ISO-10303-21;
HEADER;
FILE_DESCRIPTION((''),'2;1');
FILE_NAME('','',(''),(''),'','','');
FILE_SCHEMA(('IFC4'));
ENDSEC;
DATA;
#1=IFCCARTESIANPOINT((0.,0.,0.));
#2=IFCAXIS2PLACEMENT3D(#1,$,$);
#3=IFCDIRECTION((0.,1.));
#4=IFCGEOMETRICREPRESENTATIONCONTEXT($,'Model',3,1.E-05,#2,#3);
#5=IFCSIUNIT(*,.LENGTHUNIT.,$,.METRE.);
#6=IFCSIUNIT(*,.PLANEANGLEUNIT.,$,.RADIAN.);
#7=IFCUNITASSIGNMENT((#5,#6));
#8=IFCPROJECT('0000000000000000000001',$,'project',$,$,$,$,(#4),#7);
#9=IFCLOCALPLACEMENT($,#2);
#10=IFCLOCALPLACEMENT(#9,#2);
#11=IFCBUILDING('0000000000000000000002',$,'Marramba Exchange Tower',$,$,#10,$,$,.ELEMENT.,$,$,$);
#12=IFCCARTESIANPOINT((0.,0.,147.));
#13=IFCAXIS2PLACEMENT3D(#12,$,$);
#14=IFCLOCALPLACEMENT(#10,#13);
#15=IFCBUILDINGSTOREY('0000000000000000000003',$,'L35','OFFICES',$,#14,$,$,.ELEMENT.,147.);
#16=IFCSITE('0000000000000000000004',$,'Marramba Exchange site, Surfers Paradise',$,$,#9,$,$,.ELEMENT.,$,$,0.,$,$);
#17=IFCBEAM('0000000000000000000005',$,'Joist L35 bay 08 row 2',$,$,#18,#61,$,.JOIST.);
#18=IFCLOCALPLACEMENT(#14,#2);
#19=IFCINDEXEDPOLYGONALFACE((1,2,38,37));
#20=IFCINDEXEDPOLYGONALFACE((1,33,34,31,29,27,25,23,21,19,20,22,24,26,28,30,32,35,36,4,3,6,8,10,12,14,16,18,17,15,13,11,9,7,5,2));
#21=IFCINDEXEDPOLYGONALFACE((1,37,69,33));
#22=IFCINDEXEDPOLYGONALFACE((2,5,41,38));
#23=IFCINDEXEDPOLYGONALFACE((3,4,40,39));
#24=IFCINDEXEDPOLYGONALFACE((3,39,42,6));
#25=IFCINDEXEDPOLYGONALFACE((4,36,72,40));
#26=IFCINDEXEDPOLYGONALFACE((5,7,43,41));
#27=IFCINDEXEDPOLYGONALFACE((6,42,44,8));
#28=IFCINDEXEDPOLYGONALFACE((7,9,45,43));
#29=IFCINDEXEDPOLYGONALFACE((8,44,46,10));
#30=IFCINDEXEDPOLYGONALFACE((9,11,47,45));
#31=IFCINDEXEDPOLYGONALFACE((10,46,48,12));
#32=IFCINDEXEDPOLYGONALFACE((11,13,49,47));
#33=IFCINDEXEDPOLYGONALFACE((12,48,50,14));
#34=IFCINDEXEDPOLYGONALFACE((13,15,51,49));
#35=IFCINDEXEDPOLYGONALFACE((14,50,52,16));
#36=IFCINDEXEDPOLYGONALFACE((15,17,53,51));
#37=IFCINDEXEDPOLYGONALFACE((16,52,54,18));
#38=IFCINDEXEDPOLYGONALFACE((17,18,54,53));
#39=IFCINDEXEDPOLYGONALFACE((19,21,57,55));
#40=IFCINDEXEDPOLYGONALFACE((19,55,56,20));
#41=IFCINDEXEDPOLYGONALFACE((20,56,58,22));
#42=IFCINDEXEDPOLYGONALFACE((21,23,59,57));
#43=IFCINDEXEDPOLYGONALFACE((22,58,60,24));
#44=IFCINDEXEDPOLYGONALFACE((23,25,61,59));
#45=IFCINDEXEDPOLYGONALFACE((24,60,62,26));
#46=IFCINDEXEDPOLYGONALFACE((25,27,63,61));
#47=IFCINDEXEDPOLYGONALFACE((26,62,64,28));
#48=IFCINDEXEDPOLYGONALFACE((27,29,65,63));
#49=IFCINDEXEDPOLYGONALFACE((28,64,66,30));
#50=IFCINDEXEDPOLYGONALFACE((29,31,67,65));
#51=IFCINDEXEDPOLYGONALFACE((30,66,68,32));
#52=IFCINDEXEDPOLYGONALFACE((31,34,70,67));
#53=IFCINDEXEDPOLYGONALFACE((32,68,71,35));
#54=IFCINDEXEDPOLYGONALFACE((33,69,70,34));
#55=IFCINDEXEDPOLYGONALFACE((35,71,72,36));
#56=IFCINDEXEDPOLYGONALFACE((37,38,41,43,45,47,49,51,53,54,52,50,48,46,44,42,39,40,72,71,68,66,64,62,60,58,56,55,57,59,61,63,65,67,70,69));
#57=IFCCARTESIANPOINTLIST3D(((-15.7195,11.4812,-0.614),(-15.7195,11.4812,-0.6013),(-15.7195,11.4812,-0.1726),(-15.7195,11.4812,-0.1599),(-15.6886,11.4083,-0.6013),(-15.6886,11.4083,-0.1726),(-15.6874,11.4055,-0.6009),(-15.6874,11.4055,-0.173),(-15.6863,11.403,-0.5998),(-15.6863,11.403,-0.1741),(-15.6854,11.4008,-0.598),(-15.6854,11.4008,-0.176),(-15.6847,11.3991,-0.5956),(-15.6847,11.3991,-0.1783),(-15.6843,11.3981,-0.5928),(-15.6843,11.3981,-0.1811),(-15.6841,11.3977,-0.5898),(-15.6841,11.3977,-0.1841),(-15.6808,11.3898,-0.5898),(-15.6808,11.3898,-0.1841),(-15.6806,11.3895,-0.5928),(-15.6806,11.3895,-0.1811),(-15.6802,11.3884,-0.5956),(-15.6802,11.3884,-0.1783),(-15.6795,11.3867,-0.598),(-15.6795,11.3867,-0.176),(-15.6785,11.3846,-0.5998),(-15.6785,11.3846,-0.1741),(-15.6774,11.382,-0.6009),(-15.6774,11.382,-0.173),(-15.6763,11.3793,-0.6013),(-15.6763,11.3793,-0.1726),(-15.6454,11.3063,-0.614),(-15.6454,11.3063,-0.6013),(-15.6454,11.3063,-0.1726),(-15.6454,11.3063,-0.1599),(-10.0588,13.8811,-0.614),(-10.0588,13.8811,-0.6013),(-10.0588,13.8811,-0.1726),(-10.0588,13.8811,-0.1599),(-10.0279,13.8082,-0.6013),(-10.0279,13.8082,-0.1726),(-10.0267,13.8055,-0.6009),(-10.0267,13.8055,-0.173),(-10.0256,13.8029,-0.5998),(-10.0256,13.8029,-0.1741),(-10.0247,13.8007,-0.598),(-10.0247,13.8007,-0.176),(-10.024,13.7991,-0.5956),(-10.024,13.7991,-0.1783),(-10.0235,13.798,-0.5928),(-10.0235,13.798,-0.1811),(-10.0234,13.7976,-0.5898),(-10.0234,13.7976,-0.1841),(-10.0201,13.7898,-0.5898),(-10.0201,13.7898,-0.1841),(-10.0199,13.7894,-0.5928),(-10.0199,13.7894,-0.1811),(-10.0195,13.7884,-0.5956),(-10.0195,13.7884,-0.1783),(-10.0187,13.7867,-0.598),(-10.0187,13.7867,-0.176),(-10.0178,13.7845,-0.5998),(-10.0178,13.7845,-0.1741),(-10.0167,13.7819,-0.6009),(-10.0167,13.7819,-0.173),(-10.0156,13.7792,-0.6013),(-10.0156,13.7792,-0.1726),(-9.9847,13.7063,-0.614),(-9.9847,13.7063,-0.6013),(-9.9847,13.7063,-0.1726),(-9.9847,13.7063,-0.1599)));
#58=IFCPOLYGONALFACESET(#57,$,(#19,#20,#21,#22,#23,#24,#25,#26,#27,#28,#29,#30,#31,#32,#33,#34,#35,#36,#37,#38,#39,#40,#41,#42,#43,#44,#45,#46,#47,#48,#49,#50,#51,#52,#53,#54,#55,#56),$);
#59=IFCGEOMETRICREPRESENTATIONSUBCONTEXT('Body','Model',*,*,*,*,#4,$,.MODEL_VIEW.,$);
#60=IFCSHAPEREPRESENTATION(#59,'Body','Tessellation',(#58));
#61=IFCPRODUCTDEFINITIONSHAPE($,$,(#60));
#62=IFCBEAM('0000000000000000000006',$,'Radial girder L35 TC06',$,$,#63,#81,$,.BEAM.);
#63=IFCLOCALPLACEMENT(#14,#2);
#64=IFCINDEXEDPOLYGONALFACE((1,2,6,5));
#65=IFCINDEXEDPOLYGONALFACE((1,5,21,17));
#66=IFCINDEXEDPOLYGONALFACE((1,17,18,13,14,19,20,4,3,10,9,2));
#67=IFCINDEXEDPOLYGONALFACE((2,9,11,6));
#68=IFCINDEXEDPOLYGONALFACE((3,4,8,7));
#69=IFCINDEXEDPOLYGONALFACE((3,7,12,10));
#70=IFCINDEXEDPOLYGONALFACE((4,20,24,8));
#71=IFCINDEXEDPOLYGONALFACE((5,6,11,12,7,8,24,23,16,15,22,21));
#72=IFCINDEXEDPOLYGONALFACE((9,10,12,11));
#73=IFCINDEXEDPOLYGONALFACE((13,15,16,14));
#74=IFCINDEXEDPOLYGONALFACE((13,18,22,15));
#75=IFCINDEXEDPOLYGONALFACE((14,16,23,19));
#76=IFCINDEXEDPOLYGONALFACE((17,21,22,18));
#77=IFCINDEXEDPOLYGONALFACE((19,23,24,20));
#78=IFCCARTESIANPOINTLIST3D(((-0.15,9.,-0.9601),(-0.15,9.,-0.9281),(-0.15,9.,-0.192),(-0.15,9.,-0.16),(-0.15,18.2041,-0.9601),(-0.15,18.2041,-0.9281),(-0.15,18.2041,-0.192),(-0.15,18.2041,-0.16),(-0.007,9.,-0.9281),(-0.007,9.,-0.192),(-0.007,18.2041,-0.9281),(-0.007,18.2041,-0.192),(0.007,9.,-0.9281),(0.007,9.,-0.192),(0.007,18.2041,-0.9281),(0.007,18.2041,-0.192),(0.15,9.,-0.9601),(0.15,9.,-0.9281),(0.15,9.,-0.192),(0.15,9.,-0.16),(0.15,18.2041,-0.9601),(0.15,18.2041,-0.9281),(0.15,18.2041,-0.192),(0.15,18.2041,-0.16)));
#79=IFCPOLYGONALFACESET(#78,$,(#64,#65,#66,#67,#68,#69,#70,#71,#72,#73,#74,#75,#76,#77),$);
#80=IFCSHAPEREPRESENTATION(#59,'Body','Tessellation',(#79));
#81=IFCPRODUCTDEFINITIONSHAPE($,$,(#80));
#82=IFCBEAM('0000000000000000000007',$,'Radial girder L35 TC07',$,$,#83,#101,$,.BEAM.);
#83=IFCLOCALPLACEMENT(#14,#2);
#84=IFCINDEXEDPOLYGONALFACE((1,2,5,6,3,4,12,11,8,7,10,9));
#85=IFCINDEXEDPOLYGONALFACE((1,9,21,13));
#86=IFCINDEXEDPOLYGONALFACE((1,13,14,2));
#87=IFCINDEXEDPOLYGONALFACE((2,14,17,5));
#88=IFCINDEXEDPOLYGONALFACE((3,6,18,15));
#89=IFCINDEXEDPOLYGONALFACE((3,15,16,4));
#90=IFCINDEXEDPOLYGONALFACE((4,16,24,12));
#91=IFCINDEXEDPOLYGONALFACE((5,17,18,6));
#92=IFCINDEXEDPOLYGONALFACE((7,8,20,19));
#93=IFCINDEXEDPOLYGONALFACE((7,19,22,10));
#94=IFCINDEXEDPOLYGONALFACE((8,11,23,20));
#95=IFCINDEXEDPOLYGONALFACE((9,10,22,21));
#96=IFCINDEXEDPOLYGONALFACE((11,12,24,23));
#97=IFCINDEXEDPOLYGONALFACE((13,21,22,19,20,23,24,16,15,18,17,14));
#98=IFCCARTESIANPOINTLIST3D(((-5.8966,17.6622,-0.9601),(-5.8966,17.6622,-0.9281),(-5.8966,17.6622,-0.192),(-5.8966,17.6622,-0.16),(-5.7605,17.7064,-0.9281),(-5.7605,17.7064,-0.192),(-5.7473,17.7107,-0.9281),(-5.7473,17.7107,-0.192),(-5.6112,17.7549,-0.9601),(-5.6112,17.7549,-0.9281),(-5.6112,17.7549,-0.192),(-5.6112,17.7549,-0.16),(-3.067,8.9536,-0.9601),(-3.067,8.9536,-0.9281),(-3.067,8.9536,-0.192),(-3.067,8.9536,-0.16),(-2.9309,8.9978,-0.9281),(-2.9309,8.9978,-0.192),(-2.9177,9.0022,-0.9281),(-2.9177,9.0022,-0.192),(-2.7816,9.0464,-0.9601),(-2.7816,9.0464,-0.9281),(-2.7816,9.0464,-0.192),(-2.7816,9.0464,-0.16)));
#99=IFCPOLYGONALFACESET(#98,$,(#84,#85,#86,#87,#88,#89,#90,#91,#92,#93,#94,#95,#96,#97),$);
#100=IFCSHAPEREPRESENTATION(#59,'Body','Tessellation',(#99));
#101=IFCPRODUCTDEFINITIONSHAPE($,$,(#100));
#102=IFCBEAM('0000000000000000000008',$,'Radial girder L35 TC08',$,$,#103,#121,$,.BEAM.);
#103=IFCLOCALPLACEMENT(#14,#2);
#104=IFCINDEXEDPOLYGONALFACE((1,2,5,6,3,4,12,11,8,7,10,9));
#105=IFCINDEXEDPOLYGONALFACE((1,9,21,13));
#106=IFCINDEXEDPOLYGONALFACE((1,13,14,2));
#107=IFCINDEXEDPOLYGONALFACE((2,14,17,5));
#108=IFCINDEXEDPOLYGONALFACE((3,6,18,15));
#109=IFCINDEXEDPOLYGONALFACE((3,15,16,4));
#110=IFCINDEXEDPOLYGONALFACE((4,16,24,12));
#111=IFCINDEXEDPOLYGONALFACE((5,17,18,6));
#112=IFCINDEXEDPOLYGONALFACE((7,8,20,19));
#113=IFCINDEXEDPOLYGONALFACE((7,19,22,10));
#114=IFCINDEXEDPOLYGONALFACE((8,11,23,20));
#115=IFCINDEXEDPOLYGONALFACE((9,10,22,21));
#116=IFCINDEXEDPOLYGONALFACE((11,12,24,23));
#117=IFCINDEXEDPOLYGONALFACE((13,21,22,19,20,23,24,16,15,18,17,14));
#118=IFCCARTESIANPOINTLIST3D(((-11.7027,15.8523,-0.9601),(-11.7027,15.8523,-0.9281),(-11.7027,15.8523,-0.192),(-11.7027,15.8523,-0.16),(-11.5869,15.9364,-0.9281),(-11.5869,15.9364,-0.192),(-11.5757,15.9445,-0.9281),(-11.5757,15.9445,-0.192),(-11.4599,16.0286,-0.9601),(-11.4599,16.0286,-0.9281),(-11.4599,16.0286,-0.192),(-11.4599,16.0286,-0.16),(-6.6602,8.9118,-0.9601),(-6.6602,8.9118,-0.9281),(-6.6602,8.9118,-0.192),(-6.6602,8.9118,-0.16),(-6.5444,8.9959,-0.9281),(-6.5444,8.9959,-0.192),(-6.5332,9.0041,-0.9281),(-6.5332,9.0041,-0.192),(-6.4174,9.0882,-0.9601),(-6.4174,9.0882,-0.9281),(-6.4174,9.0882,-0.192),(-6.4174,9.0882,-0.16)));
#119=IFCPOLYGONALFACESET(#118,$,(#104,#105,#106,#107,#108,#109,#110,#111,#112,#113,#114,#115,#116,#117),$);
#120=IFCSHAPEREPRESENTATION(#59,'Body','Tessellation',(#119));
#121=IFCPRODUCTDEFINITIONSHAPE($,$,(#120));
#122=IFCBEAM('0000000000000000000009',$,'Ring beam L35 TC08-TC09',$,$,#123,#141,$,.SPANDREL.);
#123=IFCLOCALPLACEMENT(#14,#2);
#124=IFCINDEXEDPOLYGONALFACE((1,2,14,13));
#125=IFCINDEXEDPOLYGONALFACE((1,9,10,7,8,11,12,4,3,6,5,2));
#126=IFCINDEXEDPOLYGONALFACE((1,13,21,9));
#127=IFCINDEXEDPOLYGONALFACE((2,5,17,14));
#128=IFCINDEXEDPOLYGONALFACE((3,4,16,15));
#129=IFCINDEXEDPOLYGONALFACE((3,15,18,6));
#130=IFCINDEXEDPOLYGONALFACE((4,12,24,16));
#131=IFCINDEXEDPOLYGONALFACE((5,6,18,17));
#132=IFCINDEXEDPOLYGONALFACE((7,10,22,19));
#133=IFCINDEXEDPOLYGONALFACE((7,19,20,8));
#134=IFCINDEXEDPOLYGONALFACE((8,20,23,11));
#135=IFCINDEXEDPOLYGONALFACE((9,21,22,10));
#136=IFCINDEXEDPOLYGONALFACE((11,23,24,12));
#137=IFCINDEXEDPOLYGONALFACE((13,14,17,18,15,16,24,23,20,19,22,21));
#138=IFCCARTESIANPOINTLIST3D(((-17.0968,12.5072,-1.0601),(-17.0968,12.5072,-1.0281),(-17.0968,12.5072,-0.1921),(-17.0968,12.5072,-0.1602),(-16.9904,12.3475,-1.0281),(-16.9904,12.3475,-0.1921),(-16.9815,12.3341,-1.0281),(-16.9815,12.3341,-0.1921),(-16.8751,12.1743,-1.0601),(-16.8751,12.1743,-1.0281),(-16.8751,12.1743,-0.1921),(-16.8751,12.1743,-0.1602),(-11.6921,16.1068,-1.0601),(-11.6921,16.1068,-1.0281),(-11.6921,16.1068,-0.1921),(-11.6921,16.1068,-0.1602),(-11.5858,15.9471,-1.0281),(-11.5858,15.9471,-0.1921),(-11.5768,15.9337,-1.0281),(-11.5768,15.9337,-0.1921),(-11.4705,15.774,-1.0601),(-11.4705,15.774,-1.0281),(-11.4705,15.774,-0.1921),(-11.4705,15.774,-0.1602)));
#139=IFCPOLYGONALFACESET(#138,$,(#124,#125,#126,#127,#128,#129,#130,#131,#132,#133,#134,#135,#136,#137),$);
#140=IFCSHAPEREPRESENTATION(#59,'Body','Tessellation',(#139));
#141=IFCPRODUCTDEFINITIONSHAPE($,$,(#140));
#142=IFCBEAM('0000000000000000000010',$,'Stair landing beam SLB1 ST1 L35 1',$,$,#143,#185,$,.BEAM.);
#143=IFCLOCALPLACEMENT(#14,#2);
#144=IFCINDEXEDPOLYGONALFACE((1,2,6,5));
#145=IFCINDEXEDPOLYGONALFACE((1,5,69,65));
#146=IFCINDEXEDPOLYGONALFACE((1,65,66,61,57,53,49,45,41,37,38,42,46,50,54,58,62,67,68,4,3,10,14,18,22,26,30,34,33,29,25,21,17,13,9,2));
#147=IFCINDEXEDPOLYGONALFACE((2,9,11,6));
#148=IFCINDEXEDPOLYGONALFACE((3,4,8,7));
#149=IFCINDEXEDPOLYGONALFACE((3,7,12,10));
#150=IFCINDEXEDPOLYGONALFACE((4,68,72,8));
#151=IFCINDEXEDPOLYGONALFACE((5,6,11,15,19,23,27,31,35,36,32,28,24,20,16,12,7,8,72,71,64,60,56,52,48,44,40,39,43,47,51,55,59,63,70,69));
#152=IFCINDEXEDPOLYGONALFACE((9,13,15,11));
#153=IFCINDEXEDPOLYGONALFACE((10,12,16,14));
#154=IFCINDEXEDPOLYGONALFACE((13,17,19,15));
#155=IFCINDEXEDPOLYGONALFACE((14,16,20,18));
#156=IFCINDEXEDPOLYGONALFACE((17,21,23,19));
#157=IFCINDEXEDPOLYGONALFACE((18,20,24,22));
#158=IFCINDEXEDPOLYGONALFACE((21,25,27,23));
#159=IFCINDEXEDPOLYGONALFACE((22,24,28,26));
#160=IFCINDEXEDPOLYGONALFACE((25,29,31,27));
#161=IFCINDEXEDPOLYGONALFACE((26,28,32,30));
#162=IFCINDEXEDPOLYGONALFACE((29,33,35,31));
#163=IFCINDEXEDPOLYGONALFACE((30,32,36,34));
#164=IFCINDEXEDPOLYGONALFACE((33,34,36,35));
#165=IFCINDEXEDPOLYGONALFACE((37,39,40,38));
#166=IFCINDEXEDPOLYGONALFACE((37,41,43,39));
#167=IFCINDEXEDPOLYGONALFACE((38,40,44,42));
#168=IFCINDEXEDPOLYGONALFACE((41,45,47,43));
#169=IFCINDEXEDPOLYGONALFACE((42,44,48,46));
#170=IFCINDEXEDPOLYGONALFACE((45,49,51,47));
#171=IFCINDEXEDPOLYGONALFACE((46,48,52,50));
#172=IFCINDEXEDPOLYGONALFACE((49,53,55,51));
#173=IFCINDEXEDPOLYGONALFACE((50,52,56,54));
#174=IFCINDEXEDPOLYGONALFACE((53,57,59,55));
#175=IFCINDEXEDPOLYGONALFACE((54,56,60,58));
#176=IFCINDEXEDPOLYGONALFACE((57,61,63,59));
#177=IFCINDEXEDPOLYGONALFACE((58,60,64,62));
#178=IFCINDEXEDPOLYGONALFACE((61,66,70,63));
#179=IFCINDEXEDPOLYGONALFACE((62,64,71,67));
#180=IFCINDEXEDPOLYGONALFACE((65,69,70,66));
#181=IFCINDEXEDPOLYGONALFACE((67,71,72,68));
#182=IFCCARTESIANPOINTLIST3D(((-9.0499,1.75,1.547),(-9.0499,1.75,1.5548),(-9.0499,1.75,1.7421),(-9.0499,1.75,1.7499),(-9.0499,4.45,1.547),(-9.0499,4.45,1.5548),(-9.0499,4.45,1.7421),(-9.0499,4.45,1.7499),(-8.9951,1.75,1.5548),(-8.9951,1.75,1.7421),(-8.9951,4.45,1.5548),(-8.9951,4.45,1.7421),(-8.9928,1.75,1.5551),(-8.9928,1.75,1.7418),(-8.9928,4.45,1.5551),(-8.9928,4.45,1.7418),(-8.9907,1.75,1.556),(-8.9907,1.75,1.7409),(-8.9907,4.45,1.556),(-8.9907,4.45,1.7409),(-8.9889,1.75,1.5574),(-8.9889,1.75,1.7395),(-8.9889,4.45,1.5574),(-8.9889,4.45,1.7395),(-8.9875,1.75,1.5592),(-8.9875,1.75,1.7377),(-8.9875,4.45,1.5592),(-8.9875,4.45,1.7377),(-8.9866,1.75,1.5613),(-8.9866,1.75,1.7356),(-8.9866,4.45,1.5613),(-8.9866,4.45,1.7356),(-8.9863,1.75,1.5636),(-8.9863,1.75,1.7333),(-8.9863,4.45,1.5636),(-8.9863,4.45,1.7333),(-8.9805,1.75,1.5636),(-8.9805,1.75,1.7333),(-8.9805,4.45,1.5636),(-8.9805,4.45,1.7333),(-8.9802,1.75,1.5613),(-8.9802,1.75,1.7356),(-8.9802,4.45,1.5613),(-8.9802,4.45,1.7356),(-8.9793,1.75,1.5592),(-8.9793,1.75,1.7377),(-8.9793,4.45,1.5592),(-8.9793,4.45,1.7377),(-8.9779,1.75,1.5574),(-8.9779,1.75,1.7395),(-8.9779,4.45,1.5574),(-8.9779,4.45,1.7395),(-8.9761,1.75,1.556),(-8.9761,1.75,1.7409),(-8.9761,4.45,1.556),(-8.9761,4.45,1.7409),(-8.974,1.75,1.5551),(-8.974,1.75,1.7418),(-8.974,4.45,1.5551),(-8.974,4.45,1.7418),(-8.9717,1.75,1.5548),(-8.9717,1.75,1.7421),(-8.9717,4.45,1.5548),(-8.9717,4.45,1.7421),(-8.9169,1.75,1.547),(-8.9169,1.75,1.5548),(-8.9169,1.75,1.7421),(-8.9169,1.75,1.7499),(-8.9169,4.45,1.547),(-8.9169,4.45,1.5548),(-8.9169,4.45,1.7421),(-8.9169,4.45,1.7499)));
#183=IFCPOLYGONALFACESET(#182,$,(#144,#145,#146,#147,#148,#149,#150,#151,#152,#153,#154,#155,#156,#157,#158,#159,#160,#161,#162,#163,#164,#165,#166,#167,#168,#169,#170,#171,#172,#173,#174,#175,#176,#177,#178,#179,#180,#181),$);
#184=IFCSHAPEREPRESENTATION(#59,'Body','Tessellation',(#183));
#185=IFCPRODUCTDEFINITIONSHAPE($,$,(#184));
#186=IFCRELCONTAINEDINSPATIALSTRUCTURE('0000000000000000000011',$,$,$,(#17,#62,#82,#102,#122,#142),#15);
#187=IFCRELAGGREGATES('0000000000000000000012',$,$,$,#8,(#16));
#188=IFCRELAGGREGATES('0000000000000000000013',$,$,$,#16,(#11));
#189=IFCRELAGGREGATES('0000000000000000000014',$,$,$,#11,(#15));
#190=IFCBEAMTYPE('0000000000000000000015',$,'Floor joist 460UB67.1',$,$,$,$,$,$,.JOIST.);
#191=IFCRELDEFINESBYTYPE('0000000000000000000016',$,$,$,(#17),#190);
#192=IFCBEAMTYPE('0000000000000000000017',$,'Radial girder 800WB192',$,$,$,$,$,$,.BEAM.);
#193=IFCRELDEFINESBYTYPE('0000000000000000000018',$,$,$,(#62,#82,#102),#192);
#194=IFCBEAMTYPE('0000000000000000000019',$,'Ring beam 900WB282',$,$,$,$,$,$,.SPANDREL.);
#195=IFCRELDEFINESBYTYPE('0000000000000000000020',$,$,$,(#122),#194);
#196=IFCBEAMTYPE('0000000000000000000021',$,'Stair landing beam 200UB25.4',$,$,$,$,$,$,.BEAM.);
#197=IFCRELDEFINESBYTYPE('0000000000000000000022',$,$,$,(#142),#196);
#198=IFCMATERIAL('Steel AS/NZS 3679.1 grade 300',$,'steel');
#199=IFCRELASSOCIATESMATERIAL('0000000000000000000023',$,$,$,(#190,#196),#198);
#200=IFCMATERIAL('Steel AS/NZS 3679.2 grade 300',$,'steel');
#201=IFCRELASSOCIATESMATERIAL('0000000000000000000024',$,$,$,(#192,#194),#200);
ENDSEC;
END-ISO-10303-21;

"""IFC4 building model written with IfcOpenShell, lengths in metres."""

from ifc_helpers import new_model, si_unit, direction, frame, origin, origin_2d, place, context, subcontext, project, spatial, i_section, extrude, material, material_profile, profile_set, type_object, element, save


model = new_model("IFC4")

# Units and contexts
model_context = context("Model", 3, precision=1e-05, world=origin(), true_north=direction((0.0, 1.0)))
body_context = subcontext(model_context, "Body", "Model", "MODEL_VIEW")
ifc_project = project(units=[si_unit("LENGTHUNIT", "METRE"), si_unit("PLANEANGLEUNIT", "RADIAN")], contexts=[model_context])

# Site, building, storey
site_placement = place(None, origin())
site = spatial("IfcSite", under=ifc_project, at=site_placement, Name="Marramba Exchange site, Surfers Paradise", CompositionType="ELEMENT", RefElevation=0.0)
building_placement = place(site_placement, origin())
building = spatial("IfcBuilding", under=site, at=building_placement, Name="Marramba Exchange Tower", CompositionType="ELEMENT")
storey_placement = place(building_placement, frame((0.0, 0.0, 147.0)))
storey = spatial("IfcBuildingStorey", under=building, at=storey_placement, Name="L35", Description="OFFICES", CompositionType="ELEMENT", Elevation=147.0)

# Beams
ifc_material_1 = material(Name="Steel AS/NZS 3679.1 grade 300", Category="steel")
ifc_material_profile_1 = material_profile(ifc_material_1, i_section(OverallWidth=0.1899, OverallDepth=0.4541, WebThickness=0.0085, FlangeThickness=0.0127, FilletRadius=0.0115, at=origin_2d()), Name="460UB67.1")
ifc_profile_set_1 = profile_set([ifc_material_profile_1], Name="Steel AS/NZS 3679.1 grade 300")
beam_type_1 = type_object("IfcBeamType", Name="Floor joist 460UB67.1", PredefinedType="JOIST", material=ifc_profile_set_1)
beam_1_placement = place(storey_placement, frame((-10.0217, 13.7937, -0.387), z_axis=(-0.920674, -0.390332, 0.0), x_axis=(0.390332, -0.920674, 0.0)))
element("IfcBeam", 1, at=beam_1_placement, inside=storey, type_object=beam_type_1, Name="Joist L35 bay 08 row 2", PredefinedType="JOIST", context=body_context, shape_type="SweptSolid", body=[
    extrude(i_section(OverallWidth=0.1899, OverallDepth=0.4541, WebThickness=0.0085, FlangeThickness=0.0127, FilletRadius=0.0115, at=origin_2d()), origin(), (0.0, 0.0, 1.0), 6.1484),
])
ifc_material_2 = material(Name="Steel AS/NZS 3679.2 grade 300", Category="steel")
ifc_material_profile_2 = material_profile(ifc_material_2, i_section(OverallWidth=0.3, OverallDepth=0.8, WebThickness=0.0139, FlangeThickness=0.032, at=origin_2d()), Name="800WB192")
ifc_profile_set_2 = profile_set([ifc_material_profile_2], Name="Steel AS/NZS 3679.2 grade 300")
beam_type_2 = type_object("IfcBeamType", Name="Radial girder 800WB192", PredefinedType="BEAM", material=ifc_profile_set_2)
beam_2_placement = place(storey_placement, frame((0.0, 9.0, -0.5601), z_axis=(0.0, 1.0, 0.0), x_axis=(-1.0, 0.0, 0.0)))
element("IfcBeam", 2, at=beam_2_placement, inside=storey, type_object=beam_type_2, Name="Radial girder L35 TC06", PredefinedType="BEAM", context=body_context, shape_type="SweptSolid", body=[
    extrude(i_section(OverallWidth=0.3, OverallDepth=0.8, WebThickness=0.0139, FlangeThickness=0.032, at=origin_2d()), origin(), (0.0, 0.0, 1.0), 9.2041),
])
beam_3_placement = place(storey_placement, frame((-2.9243, 9.0, -0.5601), z_axis=(-0.30902, 0.951056, 0.0), x_axis=(-0.951056, -0.30902, 0.0)))
element("IfcBeam", 3, at=beam_3_placement, inside=storey, type_object=beam_type_2, Name="Radial girder L35 TC07", PredefinedType="BEAM", context=body_context, shape_type="SweptSolid", body=[
    extrude(i_section(OverallWidth=0.3, OverallDepth=0.8, WebThickness=0.0139, FlangeThickness=0.032, at=origin_2d()), origin(), (0.0, 0.0, 1.0), 9.1567),
])
beam_4_placement = place(storey_placement, frame((-6.5388, 9.0, -0.5601), z_axis=(-0.587782, 0.809019, 0.0), x_axis=(-0.809019, -0.587782, 0.0)))
element("IfcBeam", 4, at=beam_4_placement, inside=storey, type_object=beam_type_2, Name="Radial girder L35 TC08", PredefinedType="BEAM", context=body_context, shape_type="SweptSolid", body=[
    extrude(i_section(OverallWidth=0.3, OverallDepth=0.8, WebThickness=0.0139, FlangeThickness=0.032, at=origin_2d()), origin(), (0.0, 0.0, 1.0), 8.5789),
])
ifc_material_profile_3 = material_profile(ifc_material_2, i_section(OverallWidth=0.3999, OverallDepth=0.8999, WebThickness=0.0161, FlangeThickness=0.032, at=origin_2d()), Name="900WB282")
ifc_profile_set_3 = profile_set([ifc_material_profile_3], Name="Steel AS/NZS 3679.2 grade 300")
beam_type_3 = type_object("IfcBeamType", Name="Ring beam 900WB282", PredefinedType="SPANDREL", material=ifc_profile_set_3)
beam_5_placement = place(storey_placement, frame((-11.5813, 15.9404, -0.6101), z_axis=(-0.832293, -0.554336, 0.0), x_axis=(0.554336, -0.832293, 0.0)))
element("IfcBeam", 5, at=beam_5_placement, inside=storey, type_object=beam_type_3, Name="Ring beam L35 TC08-TC09", PredefinedType="SPANDREL", context=body_context, shape_type="SweptSolid", body=[
    extrude(i_section(OverallWidth=0.3999, OverallDepth=0.8999, WebThickness=0.0161, FlangeThickness=0.032, at=origin_2d()), origin(), (0.0, 0.0, 1.0), 6.4937),
])
ifc_material_profile_4 = material_profile(ifc_material_1, i_section(OverallWidth=0.1331, OverallDepth=0.2029, WebThickness=0.0059, FlangeThickness=0.0078, FilletRadius=0.0088, at=origin_2d()), Name="200UB25.4")
ifc_profile_set_4 = profile_set([ifc_material_profile_4], Name="Steel AS/NZS 3679.1 grade 300")
beam_type_4 = type_object("IfcBeamType", Name="Stair landing beam 200UB25.4", PredefinedType="BEAM", material=ifc_profile_set_4)
for number, where, z_axis, x_axis, name in (
    (6, (-8.9834, 1.75, 1.6484), (0.0, 1.0, 0.0), (-1.0, 0.0, 0.0), "Stair landing beam SLB1 ST1 L35 1"),
):
    element("IfcBeam", number, at=place(storey_placement, frame(where, z_axis=z_axis, x_axis=x_axis)), inside=storey, type_object=beam_type_4, Name=name, PredefinedType="BEAM", context=body_context, shape_type="SweptSolid", body=[
        extrude(i_section(OverallWidth=0.1331, OverallDepth=0.2029, WebThickness=0.0059, FlangeThickness=0.0078, FilletRadius=0.0088, at=origin_2d()), origin(), (0.0, 0.0, 1.0), 2.7),
    ])

save(model, "model.ifc")
